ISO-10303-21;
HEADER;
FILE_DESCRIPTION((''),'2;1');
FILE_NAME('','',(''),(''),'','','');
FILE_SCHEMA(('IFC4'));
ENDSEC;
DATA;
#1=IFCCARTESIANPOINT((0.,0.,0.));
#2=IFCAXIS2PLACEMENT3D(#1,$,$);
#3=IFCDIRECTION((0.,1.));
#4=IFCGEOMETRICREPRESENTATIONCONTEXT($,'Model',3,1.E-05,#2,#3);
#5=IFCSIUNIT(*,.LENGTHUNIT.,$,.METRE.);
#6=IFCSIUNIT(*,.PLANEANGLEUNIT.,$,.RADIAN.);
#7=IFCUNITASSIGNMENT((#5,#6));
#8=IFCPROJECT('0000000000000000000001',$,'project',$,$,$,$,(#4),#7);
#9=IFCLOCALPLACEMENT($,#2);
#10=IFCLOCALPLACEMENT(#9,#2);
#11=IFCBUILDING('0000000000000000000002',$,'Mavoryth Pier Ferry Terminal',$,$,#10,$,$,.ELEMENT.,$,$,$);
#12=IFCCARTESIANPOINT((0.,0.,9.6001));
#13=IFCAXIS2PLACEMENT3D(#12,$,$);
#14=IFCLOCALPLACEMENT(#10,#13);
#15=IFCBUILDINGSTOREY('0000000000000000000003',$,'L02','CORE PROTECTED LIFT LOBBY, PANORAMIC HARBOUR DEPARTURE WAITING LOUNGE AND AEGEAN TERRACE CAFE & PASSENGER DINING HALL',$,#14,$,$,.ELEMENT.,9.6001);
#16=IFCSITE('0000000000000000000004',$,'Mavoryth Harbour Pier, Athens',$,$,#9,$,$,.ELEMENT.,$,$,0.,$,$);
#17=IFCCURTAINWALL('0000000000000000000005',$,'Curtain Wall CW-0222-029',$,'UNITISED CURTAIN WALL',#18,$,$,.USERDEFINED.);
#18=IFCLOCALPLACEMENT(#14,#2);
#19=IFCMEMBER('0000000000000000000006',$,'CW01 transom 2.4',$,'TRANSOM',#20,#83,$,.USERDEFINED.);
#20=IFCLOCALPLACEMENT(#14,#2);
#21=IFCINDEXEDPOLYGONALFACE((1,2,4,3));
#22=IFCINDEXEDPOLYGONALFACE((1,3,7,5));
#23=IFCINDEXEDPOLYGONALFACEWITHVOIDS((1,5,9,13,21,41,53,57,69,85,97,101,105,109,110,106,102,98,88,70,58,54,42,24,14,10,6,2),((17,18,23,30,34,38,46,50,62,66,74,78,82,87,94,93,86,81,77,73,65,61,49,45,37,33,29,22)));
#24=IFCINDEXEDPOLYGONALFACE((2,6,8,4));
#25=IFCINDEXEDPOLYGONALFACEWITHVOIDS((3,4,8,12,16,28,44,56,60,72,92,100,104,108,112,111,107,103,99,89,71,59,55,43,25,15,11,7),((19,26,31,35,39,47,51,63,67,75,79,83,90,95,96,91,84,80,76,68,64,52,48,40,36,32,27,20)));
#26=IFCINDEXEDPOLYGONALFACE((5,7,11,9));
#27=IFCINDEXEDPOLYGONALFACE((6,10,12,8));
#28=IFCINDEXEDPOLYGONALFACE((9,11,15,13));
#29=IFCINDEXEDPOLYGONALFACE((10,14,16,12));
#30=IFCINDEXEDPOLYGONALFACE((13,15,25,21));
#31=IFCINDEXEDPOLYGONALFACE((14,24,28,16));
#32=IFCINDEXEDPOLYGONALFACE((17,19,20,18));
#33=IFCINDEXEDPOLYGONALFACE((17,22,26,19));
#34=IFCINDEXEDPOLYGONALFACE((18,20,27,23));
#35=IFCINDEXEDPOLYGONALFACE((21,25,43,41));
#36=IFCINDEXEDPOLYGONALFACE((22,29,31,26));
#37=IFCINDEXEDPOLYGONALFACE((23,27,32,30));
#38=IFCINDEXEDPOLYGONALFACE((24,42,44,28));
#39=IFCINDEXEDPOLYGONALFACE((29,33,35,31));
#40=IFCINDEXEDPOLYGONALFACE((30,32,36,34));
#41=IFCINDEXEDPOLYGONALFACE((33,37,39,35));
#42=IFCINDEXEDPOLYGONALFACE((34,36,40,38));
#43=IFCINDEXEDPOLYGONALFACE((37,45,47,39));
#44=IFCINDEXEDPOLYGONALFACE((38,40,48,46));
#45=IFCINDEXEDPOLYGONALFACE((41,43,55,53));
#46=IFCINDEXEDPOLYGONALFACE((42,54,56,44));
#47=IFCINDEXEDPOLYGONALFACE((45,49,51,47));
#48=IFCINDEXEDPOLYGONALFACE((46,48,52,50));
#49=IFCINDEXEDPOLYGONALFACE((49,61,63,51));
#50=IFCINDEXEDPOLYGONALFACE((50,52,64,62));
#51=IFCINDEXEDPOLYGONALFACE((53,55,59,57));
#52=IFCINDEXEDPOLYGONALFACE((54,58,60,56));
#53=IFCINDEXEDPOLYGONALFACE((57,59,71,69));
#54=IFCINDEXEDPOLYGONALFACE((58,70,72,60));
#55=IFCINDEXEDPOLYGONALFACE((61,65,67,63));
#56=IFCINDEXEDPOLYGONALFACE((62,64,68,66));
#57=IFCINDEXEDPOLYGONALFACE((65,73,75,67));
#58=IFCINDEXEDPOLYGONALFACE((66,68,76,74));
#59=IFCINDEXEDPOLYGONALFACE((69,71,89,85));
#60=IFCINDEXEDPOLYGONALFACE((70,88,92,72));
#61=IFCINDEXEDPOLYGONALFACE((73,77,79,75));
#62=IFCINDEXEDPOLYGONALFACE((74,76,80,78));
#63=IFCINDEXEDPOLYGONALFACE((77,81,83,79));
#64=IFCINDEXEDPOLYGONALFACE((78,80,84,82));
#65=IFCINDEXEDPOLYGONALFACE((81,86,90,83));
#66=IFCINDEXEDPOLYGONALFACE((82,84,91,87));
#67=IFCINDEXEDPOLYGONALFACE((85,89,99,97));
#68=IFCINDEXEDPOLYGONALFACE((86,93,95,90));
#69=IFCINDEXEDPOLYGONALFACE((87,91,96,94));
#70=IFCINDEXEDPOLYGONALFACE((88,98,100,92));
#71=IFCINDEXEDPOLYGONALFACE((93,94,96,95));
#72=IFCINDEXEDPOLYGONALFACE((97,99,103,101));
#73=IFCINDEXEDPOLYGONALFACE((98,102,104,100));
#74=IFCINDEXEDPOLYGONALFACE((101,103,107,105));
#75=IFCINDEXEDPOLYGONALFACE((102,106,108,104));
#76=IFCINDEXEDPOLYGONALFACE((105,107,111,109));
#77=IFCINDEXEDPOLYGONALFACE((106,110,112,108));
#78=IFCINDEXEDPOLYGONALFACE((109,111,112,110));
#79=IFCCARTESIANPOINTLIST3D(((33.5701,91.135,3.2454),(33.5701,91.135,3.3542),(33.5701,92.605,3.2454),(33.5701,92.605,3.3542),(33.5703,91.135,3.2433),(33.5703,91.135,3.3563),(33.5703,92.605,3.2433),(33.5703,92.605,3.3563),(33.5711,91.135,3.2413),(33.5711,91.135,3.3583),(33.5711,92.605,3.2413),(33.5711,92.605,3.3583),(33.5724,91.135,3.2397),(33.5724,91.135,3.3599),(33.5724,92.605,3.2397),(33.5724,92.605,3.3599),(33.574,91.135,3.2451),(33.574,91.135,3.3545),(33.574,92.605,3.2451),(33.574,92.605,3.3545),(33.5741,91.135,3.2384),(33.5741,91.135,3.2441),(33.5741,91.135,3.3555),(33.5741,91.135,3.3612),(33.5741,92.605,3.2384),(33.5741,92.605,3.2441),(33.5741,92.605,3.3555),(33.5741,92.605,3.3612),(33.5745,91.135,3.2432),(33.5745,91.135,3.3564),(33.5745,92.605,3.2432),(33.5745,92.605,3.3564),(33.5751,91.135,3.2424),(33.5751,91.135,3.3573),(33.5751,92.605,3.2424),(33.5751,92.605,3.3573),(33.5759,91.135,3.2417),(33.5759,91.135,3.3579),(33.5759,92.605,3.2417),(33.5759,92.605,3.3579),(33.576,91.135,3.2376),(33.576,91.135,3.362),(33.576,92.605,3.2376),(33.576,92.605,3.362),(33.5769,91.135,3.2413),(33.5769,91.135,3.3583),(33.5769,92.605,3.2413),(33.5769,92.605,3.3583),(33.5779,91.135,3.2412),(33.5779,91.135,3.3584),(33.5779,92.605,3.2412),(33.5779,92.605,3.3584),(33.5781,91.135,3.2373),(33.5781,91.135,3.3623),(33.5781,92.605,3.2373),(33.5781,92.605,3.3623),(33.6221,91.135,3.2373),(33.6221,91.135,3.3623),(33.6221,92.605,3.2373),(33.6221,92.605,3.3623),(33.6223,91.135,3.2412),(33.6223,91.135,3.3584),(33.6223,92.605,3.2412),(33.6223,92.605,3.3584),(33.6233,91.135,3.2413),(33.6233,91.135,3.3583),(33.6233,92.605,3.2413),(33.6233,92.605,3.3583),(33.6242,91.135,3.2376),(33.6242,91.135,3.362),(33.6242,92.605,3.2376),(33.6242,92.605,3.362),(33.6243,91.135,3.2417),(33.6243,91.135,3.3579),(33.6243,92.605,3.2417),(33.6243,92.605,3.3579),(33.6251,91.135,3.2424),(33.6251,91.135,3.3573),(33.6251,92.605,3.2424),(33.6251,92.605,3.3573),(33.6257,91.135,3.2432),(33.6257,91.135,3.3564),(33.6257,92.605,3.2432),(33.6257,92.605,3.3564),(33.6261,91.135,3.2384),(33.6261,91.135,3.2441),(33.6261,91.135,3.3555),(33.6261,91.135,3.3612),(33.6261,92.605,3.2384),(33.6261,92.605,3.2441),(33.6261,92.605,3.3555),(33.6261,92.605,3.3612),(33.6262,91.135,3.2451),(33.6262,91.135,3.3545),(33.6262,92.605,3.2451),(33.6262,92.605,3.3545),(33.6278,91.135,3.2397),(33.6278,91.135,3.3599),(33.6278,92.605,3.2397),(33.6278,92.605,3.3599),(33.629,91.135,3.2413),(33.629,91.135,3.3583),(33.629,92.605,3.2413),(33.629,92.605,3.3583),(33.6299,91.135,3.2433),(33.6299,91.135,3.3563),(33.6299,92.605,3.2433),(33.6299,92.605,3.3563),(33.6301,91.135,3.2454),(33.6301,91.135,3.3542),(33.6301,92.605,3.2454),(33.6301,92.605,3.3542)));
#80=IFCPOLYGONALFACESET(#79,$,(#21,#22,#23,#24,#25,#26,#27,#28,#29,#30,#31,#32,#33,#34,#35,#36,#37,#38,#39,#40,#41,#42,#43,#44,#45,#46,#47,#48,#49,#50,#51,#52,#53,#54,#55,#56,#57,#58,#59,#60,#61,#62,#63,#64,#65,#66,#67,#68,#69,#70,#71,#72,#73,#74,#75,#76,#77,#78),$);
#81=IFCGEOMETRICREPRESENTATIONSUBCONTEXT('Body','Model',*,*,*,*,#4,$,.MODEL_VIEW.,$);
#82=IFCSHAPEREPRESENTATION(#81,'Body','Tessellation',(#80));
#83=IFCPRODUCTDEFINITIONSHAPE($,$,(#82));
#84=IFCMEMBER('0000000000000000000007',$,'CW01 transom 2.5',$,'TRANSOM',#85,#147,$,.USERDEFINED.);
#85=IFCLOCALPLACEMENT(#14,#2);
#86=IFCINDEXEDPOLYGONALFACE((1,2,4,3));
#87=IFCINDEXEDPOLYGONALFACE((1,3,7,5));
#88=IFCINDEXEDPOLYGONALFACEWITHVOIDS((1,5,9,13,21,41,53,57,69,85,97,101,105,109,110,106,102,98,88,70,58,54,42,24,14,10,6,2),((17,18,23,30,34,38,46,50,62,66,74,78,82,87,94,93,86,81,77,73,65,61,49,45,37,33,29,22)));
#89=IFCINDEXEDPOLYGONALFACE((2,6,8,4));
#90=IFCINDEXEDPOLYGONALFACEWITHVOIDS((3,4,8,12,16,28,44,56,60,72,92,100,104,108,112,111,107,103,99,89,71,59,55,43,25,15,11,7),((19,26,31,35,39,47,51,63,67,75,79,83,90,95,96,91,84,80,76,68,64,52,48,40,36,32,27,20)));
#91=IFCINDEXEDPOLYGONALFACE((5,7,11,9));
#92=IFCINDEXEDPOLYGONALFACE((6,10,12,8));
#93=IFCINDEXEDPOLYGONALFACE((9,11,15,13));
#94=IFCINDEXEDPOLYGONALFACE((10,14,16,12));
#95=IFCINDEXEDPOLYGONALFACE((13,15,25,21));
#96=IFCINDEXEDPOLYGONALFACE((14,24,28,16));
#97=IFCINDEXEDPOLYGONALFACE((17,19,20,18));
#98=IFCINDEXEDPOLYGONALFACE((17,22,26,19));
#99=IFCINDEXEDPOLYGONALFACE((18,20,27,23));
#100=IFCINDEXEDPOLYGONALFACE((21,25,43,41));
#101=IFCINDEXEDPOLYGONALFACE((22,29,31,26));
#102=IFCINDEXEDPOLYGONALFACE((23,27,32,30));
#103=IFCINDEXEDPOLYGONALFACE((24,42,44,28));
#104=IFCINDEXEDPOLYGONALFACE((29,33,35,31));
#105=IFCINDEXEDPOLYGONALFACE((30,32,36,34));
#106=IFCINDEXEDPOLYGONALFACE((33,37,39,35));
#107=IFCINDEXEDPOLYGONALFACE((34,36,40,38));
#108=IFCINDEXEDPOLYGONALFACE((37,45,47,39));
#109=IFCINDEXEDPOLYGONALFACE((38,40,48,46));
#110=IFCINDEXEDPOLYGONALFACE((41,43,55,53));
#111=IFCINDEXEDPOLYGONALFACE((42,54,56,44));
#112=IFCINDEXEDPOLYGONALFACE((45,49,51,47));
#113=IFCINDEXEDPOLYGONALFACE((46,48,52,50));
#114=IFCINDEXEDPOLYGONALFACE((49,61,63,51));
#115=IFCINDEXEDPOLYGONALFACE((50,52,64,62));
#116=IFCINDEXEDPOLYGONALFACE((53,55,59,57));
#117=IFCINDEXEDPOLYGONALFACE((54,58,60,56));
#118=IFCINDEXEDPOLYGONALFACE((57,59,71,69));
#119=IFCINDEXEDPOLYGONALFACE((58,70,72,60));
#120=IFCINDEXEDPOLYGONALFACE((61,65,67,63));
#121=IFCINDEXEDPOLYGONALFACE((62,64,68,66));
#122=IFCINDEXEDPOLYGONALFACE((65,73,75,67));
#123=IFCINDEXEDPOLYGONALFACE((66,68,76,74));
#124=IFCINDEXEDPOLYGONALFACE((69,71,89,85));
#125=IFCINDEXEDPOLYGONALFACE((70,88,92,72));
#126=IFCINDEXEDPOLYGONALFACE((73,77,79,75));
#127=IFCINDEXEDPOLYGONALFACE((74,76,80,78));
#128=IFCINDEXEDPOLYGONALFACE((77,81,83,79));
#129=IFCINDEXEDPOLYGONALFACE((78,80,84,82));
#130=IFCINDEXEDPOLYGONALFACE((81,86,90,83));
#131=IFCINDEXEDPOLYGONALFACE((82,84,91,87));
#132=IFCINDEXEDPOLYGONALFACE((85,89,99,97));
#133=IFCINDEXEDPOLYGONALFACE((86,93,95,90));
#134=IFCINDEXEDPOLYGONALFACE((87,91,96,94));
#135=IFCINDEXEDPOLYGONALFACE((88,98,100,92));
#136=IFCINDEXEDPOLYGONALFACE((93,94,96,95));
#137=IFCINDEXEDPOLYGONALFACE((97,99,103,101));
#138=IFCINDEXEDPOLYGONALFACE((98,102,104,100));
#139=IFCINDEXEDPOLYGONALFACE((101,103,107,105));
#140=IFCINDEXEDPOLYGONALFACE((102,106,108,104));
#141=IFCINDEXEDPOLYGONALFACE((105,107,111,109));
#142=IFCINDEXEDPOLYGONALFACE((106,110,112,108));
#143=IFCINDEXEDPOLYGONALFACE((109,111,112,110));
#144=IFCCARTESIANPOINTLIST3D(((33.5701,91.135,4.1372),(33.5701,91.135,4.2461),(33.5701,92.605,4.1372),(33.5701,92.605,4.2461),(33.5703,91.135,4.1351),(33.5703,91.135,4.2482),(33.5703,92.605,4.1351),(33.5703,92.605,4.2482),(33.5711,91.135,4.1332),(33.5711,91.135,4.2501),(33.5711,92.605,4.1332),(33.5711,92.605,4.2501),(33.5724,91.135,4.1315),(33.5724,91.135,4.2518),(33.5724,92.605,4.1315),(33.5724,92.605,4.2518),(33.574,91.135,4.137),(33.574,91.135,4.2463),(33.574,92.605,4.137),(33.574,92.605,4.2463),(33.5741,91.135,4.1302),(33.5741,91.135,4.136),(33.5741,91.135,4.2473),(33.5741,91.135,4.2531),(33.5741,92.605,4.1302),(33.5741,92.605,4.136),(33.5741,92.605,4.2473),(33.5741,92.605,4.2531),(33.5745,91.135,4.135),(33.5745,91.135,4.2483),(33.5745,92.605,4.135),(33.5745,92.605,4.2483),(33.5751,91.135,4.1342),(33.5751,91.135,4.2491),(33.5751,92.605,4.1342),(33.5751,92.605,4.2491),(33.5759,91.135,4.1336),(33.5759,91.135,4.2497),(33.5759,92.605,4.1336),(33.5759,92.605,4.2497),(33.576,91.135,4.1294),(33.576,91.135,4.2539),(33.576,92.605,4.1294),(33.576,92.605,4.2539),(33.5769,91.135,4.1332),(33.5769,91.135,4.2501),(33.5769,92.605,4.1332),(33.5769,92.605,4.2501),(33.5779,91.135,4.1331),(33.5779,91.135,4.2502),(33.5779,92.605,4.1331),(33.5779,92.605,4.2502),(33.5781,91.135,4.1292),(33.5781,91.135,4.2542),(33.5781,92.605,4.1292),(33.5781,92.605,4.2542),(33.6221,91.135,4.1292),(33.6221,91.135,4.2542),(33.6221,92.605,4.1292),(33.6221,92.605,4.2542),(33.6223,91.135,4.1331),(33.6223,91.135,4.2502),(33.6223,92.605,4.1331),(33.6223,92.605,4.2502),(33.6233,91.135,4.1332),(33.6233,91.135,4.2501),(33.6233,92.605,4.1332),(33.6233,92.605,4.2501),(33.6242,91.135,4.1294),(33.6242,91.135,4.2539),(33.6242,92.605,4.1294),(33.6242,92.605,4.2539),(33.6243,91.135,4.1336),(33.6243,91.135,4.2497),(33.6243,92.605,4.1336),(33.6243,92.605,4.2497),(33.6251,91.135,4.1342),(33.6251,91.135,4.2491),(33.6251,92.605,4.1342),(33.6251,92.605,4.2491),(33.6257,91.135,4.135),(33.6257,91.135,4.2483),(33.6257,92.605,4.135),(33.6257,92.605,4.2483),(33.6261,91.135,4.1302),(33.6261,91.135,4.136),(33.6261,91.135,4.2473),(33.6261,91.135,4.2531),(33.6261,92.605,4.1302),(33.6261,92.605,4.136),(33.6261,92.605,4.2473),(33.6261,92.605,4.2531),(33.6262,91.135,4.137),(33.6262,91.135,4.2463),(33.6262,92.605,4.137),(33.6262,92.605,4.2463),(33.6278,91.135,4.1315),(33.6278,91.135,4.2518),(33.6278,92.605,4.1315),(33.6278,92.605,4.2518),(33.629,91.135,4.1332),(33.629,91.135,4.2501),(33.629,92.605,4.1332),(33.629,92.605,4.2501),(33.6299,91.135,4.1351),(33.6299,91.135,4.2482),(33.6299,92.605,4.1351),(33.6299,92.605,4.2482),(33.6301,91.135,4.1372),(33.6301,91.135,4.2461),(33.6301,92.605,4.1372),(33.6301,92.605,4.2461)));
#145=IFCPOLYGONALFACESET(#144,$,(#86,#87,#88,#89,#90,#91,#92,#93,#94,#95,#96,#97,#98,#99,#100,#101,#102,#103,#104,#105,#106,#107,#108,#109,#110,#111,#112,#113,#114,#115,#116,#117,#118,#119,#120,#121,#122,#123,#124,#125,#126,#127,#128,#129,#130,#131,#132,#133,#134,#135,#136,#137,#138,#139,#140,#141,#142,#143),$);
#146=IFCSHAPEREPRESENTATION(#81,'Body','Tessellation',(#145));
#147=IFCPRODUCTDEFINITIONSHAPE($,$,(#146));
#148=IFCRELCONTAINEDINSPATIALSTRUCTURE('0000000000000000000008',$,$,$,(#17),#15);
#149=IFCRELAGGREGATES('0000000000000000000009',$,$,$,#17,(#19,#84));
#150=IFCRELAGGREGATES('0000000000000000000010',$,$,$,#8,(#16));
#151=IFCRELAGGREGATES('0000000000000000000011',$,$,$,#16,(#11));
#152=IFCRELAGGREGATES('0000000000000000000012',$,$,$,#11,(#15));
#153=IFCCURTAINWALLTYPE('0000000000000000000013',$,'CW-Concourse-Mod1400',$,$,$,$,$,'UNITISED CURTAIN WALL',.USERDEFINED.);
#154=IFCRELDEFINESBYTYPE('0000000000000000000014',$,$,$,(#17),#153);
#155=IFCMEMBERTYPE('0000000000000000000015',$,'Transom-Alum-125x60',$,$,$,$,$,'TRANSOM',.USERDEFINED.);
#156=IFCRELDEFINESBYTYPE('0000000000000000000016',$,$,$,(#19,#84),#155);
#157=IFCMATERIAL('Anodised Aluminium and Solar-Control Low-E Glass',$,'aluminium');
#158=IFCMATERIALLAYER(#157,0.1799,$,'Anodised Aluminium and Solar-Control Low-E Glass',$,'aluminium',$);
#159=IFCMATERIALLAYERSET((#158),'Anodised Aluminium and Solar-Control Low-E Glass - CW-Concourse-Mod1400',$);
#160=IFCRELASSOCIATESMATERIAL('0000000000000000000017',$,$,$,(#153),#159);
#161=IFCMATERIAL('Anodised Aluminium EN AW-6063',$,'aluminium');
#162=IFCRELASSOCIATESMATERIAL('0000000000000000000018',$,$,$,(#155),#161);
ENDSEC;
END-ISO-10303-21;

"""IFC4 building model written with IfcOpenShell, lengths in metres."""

from ifc_helpers import new_model, si_unit, direction, frame, origin, origin_2d, place, context, subcontext, project, spatial, hollow_rectangle, extrude, material, layer, layer_set, material_profile, profile_set, type_object, element, aggregate, save


model = new_model("IFC4")

# Units and contexts
model_context = context("Model", 3, precision=1e-05, world=origin(), true_north=direction((0.0, 1.0)))
body_context = subcontext(model_context, "Body", "Model", "MODEL_VIEW")
ifc_project = project(units=[si_unit("LENGTHUNIT", "METRE"), si_unit("PLANEANGLEUNIT", "RADIAN")], contexts=[model_context])

# Site, building, storey
site_placement = place(None, origin())
site = spatial("IfcSite", under=ifc_project, at=site_placement, Name="Mavoryth Harbour Pier, Athens", CompositionType="ELEMENT", RefElevation=0.0)
building_placement = place(site_placement, origin())
building = spatial("IfcBuilding", under=site, at=building_placement, Name="Mavoryth Pier Ferry Terminal", CompositionType="ELEMENT")
storey_placement = place(building_placement, frame((0.0, 0.0, 9.6001)))
storey = spatial("IfcBuildingStorey", under=building, at=storey_placement, Name="L02", Description="CORE PROTECTED LIFT LOBBY, PANORAMIC HARBOUR DEPARTURE WAITING LOUNGE AND AEGEAN TERRACE CAFE & PASSENGER DINING HALL", CompositionType="ELEMENT", Elevation=9.6001)

# Curtain wall
ifc_material_1 = material(Name="Anodised Aluminium and Solar-Control Low-E Glass", Category="aluminium")
ifc_layer_1 = layer(ifc_material_1, 0.1799, Name="Anodised Aluminium and Solar-Control Low-E Glass", Category="aluminium")
ifc_layer_set_1 = layer_set([ifc_layer_1], Name="Anodised Aluminium and Solar-Control Low-E Glass - CW-Concourse-Mod1400")
curtain_wall_type = type_object("IfcCurtainWallType", Name="CW-Concourse-Mod1400", ElementType="UNITISED CURTAIN WALL", PredefinedType="USERDEFINED", material=ifc_layer_set_1)
curtain_wall_placement = place(storey_placement, origin())
curtain_wall = element("IfcCurtainWall", 1, at=curtain_wall_placement, inside=storey, type_object=curtain_wall_type, Name="Curtain Wall CW-0222-029", ObjectType="UNITISED CURTAIN WALL", PredefinedType="USERDEFINED")
ifc_material_2 = material(Name="Anodised Aluminium EN AW-6063", Category="aluminium")

# Members
ifc_material_profile_1 = material_profile(ifc_material_2, hollow_rectangle(XDim=0.0601, YDim=0.125, WallThickness=0.0039, InnerFilletRadius=0.0039, OuterFilletRadius=0.0081, at=origin_2d()), Name="AL-TRAN 125x60x4", Category="aluminium")
ifc_profile_set_1 = profile_set([ifc_material_profile_1], Name="Anodised Aluminium EN AW-6063 - AL-TRAN 125x60x4")
member_type_1 = type_object("IfcMemberType", Name="Transom-Alum-125x60", ElementType="TRANSOM", PredefinedType="USERDEFINED", material=ifc_profile_set_1)
member_1_placement = place(storey_placement, frame((33.6001, 91.135, 3.2998), z_axis=(0.0, 1.0, 0.0), x_axis=(-1.0, 0.0, 0.0)))
member_1 = element("IfcMember", 2, at=member_1_placement, type_object=member_type_1, Name="CW01 transom 2.4", ObjectType="TRANSOM", PredefinedType="USERDEFINED", context=body_context, shape_type="SweptSolid", body=[
    extrude(hollow_rectangle(XDim=0.0601, YDim=0.125, WallThickness=0.0039, InnerFilletRadius=0.0039, OuterFilletRadius=0.0081, at=origin_2d()), origin(), (0.0, 0.0, 1.0), 1.47),
])
member_2_placement = place(storey_placement, frame((33.6001, 91.135, 4.1917), z_axis=(0.0, 1.0, 0.0), x_axis=(-1.0, 0.0, 0.0)))
member_2 = element("IfcMember", 3, at=member_2_placement, type_object=member_type_1, Name="CW01 transom 2.5", ObjectType="TRANSOM", PredefinedType="USERDEFINED", context=body_context, shape_type="SweptSolid", body=[
    extrude(hollow_rectangle(XDim=0.0601, YDim=0.125, WallThickness=0.0039, InnerFilletRadius=0.0039, OuterFilletRadius=0.0081, at=origin_2d()), origin(), (0.0, 0.0, 1.0), 1.47),
])

aggregate(curtain_wall, [member_1, member_2])

save(model, "model.ifc")
